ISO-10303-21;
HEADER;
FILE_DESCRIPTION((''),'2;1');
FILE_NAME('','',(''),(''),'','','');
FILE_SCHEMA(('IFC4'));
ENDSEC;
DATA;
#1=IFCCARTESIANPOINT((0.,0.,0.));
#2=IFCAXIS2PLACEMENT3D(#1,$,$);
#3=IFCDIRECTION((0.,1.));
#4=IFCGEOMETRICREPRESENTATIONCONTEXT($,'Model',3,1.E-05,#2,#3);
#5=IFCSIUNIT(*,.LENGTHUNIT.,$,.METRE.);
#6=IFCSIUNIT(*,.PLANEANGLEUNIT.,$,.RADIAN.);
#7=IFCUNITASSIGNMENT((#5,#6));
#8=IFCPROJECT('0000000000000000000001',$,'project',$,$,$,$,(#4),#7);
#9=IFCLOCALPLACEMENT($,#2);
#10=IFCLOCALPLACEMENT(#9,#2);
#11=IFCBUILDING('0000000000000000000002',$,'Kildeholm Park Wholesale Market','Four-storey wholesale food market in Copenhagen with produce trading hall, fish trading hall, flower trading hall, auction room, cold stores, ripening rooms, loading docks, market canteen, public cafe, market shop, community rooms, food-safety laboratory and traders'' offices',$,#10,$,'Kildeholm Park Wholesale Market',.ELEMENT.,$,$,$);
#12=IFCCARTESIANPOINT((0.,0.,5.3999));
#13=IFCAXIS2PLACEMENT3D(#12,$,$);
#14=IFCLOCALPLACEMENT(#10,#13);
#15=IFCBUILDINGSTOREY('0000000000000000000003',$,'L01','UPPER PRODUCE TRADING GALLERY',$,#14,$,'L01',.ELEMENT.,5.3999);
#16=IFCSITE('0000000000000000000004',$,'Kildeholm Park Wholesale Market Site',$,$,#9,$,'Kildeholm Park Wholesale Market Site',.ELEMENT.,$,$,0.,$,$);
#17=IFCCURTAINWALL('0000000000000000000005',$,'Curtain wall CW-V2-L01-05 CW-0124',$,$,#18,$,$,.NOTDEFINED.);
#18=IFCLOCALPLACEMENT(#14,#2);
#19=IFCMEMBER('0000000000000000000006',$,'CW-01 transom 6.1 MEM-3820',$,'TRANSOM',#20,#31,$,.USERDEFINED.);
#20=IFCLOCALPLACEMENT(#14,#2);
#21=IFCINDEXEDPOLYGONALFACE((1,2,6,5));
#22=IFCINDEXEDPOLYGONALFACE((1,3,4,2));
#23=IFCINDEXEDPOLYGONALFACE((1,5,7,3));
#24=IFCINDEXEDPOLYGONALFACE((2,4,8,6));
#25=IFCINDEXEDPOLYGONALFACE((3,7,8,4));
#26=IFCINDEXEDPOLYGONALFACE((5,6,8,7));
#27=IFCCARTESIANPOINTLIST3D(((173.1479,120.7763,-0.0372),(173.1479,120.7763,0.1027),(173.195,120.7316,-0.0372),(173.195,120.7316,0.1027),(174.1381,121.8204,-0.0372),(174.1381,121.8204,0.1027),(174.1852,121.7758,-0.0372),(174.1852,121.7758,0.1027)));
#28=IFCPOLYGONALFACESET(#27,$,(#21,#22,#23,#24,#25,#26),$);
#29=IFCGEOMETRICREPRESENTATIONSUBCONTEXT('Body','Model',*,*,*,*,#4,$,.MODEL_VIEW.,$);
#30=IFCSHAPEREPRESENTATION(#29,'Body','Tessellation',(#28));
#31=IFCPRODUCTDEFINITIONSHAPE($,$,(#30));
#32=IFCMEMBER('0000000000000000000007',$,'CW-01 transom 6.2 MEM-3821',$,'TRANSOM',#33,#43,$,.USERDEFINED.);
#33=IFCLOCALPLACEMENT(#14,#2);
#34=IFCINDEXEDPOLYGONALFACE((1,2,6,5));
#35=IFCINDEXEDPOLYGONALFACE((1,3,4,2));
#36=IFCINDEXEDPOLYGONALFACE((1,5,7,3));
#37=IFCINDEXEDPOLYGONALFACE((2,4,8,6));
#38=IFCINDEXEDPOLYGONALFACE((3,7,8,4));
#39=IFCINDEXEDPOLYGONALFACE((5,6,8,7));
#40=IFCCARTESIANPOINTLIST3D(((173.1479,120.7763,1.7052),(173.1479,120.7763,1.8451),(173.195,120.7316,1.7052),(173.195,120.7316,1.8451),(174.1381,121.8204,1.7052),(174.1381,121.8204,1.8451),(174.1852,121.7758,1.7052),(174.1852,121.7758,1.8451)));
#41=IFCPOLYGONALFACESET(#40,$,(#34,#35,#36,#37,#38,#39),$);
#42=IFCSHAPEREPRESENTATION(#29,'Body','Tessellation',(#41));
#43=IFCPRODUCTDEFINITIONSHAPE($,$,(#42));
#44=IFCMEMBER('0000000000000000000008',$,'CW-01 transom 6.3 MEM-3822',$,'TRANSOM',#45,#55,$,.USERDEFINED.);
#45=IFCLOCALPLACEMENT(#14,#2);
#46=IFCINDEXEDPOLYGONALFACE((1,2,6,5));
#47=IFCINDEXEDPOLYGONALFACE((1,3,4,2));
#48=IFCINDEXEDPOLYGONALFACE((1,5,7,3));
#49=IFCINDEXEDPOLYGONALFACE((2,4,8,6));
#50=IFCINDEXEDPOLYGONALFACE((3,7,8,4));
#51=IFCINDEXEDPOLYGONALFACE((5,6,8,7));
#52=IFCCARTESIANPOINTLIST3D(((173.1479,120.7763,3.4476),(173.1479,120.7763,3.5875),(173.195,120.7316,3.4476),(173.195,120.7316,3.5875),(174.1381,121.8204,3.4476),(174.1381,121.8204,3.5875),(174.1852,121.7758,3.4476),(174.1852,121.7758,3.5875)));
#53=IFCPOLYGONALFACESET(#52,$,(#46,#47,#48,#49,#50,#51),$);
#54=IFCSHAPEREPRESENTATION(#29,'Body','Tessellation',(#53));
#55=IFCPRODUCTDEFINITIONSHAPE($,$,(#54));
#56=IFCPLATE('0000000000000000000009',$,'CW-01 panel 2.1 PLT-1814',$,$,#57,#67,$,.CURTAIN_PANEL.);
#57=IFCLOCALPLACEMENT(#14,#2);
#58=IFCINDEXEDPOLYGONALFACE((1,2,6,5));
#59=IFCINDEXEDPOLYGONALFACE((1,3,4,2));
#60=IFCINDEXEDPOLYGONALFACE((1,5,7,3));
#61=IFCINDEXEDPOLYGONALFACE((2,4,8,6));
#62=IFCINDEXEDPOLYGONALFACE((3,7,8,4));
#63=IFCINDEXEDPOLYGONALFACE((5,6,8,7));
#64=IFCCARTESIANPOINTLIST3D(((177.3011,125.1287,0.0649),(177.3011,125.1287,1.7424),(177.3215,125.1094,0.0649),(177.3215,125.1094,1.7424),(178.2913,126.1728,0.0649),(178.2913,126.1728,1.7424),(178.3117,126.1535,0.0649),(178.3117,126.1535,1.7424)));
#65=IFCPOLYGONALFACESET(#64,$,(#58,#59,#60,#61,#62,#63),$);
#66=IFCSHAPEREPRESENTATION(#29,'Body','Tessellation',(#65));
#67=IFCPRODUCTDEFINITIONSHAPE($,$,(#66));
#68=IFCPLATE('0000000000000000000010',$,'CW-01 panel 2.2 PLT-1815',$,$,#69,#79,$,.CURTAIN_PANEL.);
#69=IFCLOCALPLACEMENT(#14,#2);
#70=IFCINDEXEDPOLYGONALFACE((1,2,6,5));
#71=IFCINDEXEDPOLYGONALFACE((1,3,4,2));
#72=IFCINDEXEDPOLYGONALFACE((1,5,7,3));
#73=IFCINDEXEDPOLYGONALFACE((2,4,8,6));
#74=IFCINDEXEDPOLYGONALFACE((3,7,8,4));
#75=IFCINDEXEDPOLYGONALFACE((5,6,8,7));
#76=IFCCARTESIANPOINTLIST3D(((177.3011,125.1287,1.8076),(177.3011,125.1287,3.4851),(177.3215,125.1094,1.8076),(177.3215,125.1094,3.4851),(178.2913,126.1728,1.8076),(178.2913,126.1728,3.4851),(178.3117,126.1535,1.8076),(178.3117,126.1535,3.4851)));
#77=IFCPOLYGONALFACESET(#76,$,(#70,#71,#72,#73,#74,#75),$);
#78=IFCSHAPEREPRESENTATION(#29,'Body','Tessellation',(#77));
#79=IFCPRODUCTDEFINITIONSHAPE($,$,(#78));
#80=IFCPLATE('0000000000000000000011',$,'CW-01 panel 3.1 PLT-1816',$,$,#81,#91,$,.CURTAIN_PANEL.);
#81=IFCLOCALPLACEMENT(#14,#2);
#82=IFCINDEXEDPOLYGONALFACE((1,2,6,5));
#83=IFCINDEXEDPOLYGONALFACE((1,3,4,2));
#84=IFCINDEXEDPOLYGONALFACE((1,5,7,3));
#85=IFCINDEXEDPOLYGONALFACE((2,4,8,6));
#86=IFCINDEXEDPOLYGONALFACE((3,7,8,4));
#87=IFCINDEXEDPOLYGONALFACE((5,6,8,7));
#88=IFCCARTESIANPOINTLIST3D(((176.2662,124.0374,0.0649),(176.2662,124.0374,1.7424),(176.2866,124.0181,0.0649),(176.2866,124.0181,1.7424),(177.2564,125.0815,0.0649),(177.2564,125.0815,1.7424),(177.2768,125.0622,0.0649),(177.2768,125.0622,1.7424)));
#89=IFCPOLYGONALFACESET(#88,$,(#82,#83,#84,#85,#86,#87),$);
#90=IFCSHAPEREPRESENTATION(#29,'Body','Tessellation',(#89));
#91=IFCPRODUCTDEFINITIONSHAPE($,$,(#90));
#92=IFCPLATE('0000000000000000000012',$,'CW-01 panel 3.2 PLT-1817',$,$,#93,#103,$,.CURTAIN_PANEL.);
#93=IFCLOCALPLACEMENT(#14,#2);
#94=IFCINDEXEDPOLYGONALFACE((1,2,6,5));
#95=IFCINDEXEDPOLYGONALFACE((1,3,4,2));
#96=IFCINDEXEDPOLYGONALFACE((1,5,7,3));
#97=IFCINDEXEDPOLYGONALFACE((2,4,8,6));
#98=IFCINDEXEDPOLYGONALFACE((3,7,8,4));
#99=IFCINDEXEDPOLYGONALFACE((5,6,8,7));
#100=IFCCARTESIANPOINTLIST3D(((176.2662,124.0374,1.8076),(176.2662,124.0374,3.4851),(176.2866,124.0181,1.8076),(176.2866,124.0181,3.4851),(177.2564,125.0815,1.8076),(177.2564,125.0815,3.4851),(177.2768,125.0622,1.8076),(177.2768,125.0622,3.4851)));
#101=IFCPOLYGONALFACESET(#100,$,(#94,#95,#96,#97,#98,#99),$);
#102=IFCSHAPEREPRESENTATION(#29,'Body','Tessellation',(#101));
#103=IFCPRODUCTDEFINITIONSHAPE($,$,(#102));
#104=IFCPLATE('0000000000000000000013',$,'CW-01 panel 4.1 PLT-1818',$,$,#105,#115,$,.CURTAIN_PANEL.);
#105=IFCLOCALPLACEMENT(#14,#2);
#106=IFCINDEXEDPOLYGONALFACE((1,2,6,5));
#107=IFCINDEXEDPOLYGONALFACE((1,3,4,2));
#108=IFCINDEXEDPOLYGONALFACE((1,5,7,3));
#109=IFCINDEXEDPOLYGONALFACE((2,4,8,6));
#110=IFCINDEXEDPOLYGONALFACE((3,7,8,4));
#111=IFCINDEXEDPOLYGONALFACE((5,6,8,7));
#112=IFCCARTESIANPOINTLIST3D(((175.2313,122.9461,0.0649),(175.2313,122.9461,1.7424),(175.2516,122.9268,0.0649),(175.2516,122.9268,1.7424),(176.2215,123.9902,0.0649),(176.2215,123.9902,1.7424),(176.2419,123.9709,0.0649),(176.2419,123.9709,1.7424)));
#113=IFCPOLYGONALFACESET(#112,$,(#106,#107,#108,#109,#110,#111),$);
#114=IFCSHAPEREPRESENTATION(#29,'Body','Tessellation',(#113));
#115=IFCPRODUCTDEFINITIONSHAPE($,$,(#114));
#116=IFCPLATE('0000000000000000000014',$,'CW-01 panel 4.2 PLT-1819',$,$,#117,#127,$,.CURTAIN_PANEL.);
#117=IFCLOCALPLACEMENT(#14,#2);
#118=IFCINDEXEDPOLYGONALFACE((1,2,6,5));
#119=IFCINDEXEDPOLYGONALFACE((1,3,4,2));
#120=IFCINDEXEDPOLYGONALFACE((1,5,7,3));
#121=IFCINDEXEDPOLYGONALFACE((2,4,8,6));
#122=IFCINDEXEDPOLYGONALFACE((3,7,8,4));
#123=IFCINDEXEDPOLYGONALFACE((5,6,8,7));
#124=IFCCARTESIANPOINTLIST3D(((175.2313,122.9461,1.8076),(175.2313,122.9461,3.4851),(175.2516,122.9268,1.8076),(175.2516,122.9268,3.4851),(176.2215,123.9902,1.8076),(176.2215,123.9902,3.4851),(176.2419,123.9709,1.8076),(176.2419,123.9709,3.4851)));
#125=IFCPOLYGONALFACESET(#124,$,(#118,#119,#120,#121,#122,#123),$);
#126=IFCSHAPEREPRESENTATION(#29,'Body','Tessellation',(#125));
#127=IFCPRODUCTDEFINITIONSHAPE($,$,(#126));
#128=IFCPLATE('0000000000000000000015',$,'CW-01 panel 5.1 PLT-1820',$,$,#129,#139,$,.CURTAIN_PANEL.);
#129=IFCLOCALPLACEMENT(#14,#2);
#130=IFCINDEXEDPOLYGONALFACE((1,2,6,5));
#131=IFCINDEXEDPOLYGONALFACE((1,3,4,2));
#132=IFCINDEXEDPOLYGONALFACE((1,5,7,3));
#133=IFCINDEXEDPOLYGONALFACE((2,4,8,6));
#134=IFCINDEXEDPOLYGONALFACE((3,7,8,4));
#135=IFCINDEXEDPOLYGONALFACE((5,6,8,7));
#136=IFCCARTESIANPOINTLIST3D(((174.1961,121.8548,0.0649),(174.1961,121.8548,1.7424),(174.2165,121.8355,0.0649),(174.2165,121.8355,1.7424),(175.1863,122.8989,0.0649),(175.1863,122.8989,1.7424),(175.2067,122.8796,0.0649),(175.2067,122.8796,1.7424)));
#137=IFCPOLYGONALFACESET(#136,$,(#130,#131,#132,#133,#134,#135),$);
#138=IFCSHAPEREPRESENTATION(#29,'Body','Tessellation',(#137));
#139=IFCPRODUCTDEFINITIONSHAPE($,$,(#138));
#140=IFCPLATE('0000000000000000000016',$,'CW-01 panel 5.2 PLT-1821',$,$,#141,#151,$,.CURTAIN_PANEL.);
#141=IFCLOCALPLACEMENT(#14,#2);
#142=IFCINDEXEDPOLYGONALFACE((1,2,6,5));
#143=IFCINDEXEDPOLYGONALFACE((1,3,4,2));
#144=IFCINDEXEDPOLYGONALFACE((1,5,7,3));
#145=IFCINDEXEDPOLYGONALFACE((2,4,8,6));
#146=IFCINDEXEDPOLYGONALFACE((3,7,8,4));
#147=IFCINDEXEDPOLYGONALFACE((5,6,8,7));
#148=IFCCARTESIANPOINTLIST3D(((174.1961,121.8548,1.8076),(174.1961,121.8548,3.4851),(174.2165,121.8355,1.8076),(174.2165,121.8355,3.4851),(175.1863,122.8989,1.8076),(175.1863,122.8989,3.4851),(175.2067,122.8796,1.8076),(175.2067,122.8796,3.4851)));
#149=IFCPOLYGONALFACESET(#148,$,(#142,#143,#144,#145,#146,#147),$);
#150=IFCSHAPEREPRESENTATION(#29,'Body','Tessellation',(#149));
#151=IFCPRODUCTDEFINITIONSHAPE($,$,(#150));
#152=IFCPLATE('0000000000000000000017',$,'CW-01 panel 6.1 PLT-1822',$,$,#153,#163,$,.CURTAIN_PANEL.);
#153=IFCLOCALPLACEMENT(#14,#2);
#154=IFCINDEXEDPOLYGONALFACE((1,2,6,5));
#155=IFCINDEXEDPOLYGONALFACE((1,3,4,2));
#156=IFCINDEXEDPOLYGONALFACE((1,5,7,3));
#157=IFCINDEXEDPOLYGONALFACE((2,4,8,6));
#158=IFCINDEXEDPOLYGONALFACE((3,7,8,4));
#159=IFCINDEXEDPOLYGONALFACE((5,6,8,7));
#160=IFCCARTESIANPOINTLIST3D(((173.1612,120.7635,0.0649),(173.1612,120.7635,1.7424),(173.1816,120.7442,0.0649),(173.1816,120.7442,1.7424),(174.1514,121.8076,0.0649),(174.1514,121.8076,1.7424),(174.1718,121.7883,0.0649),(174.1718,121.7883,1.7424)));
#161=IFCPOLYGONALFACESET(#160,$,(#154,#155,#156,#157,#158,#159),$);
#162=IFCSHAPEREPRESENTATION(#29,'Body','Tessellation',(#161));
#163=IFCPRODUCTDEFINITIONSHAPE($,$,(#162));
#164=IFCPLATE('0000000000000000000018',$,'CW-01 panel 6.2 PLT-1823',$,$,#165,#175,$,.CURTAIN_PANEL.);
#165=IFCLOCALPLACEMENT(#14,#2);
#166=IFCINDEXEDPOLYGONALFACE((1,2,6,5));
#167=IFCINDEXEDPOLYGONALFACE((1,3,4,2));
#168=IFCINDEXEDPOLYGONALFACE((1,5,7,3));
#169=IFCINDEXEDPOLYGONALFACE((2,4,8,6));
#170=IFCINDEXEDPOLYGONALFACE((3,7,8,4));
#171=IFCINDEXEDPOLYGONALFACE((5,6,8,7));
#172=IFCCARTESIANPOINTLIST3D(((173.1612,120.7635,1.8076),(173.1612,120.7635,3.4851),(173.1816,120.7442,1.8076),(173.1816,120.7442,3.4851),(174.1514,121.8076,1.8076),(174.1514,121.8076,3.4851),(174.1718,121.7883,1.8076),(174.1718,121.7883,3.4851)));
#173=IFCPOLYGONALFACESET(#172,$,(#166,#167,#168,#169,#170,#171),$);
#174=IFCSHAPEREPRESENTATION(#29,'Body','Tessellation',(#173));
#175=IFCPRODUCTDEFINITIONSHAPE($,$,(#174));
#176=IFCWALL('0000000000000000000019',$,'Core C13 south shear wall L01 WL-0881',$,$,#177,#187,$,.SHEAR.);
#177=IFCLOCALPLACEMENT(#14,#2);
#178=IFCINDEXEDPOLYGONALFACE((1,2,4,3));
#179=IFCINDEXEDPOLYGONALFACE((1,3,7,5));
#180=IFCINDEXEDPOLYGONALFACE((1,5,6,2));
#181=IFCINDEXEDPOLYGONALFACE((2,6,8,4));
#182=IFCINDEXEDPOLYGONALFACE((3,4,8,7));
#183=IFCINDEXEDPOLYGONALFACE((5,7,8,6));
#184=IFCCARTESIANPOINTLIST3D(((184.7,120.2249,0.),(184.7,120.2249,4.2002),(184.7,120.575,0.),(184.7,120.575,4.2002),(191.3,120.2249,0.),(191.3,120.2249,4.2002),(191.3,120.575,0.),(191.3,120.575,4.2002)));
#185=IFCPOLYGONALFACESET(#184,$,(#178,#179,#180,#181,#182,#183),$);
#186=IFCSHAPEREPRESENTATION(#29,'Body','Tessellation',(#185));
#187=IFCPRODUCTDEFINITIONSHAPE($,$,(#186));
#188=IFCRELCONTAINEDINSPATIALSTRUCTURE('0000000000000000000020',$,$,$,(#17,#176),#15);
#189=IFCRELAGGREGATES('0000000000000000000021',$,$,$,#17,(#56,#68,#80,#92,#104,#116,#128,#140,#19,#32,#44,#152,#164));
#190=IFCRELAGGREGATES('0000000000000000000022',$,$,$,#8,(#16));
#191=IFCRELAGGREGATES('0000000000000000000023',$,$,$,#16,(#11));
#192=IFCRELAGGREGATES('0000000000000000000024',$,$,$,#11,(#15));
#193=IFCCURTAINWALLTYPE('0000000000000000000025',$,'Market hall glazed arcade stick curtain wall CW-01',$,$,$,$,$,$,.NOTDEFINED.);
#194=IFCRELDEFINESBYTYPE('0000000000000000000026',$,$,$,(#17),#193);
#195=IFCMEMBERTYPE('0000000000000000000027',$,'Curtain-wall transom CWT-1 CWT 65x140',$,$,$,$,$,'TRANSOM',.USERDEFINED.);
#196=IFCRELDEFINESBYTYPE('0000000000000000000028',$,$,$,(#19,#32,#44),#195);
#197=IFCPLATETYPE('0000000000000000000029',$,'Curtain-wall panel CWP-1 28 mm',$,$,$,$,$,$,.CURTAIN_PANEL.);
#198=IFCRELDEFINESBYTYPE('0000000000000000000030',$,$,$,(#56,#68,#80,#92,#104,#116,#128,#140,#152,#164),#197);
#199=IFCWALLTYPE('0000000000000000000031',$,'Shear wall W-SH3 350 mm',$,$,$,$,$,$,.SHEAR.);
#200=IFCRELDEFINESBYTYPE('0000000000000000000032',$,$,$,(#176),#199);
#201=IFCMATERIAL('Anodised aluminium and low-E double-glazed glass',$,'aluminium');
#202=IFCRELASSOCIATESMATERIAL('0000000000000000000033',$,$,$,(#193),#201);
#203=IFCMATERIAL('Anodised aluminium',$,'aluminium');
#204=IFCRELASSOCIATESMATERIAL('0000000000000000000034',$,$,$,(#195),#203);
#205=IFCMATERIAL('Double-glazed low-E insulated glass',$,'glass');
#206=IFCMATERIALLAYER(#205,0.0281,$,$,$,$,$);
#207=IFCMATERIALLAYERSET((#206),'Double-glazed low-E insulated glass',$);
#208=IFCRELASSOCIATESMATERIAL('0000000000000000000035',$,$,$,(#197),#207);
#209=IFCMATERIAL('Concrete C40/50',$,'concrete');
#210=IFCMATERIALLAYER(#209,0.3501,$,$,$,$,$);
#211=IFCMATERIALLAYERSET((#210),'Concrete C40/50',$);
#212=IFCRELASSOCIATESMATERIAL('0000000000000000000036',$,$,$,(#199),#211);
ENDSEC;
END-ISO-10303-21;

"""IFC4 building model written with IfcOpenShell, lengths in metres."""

from ifc_helpers import new_model, si_unit, direction, frame, frame_2d, origin, origin_2d, place, context, subcontext, project, spatial, rectangle, extrude, material, layer, layer_set, material_profile, profile_set, type_object, element, aggregate, save


model = new_model("IFC4")

# Units and contexts
model_context = context("Model", 3, precision=1e-05, world=origin(), true_north=direction((0.0, 1.0)))
body_context = subcontext(model_context, "Body", "Model", "MODEL_VIEW")
ifc_project = project(units=[si_unit("LENGTHUNIT", "METRE"), si_unit("PLANEANGLEUNIT", "RADIAN")], contexts=[model_context])

# Site, building, storey
site_placement = place(None, origin())
site = spatial("IfcSite", under=ifc_project, at=site_placement, Name="Kildeholm Park Wholesale Market Site", LongName="Kildeholm Park Wholesale Market Site", CompositionType="ELEMENT", RefElevation=0.0)
building_placement = place(site_placement, origin())
building = spatial("IfcBuilding", under=site, at=building_placement, Name="Kildeholm Park Wholesale Market", Description="Four-storey wholesale food market in Copenhagen with produce trading hall, fish trading hall, flower trading hall, auction room, cold stores, ripening rooms, loading docks, market canteen, public cafe, market shop, community rooms, food-safety laboratory and traders' offices", LongName="Kildeholm Park Wholesale Market", CompositionType="ELEMENT")
storey_placement = place(building_placement, frame((0.0, 0.0, 5.3999)))
storey = spatial("IfcBuildingStorey", under=building, at=storey_placement, Name="L01", Description="UPPER PRODUCE TRADING GALLERY", LongName="L01", CompositionType="ELEMENT", Elevation=5.3999)

# Curtain wall, members, plates
ifc_material_1 = material(Name="Anodised aluminium and low-E double-glazed glass", Category="aluminium")
curtain_wall_type = type_object("IfcCurtainWallType", Name="Market hall glazed arcade stick curtain wall CW-01", PredefinedType="NOTDEFINED", material=ifc_material_1)
curtain_wall_placement = place(storey_placement, origin())
curtain_wall = element("IfcCurtainWall", 1, at=curtain_wall_placement, inside=storey, type_object=curtain_wall_type, Name="Curtain wall CW-V2-L01-05 CW-0124", PredefinedType="NOTDEFINED")
ifc_material_2 = material(Name="Anodised aluminium", Category="aluminium")
ifc_material_profile_1 = material_profile(ifc_material_2, rectangle(XDim=0.0649, YDim=0.1399, at=origin_2d()), Name="CWT 65x140")
ifc_profile_set_1 = profile_set([ifc_material_profile_1], Name="Anodised aluminium")
member_type_1 = type_object("IfcMemberType", Name="Curtain-wall transom CWT-1 CWT 65x140", ElementType="TRANSOM", PredefinedType="USERDEFINED", material=ifc_profile_set_1)
member_1_placement = place(storey_placement, frame((174.1616, 121.7981, 0.0327), z_axis=(-0.688112, -0.725605, 0.0), x_axis=(0.725605, -0.688112, 0.0)))
member_1 = element("IfcMember", 2, at=member_1_placement, type_object=member_type_1, Name="CW-01 transom 6.1 MEM-3820", ObjectType="TRANSOM", PredefinedType="USERDEFINED", context=body_context, shape_type="SweptSolid", body=[
    extrude(rectangle(XDim=0.0649, YDim=0.1399, at=origin_2d()), origin(), (0.0, 0.0, 1.0), 1.439),
])
member_2_placement = place(storey_placement, frame((174.1616, 121.7981, 1.7751), z_axis=(-0.688112, -0.725605, 0.0), x_axis=(0.725605, -0.688112, 0.0)))
member_2 = element("IfcMember", 3, at=member_2_placement, type_object=member_type_1, Name="CW-01 transom 6.2 MEM-3821", ObjectType="TRANSOM", PredefinedType="USERDEFINED", context=body_context, shape_type="SweptSolid", body=[
    extrude(rectangle(XDim=0.0649, YDim=0.1399, at=origin_2d()), origin(), (0.0, 0.0, 1.0), 1.439),
])
member_3_placement = place(storey_placement, frame((174.1616, 121.7981, 3.5176), z_axis=(-0.688112, -0.725605, 0.0), x_axis=(0.725605, -0.688112, 0.0)))
member_3 = element("IfcMember", 4, at=member_3_placement, type_object=member_type_1, Name="CW-01 transom 6.3 MEM-3822", ObjectType="TRANSOM", PredefinedType="USERDEFINED", context=body_context, shape_type="SweptSolid", body=[
    extrude(rectangle(XDim=0.0649, YDim=0.1399, at=origin_2d()), origin(), (0.0, 0.0, 1.0), 1.439),
])
ifc_material_3 = material(Name="Double-glazed low-E insulated glass", Category="glass")
ifc_layer_1 = layer(ifc_material_3, 0.0281)
ifc_layer_set_1 = layer_set([ifc_layer_1], Name="Double-glazed low-E insulated glass")
plate_type = type_object("IfcPlateType", Name="Curtain-wall panel CWP-1 28 mm", PredefinedType="CURTAIN_PANEL", material=ifc_layer_set_1)
plate_1_placement = place(storey_placement, frame((177.8064, 125.6411, 0.0649), z_axis=(0.0, 0.0, 1.0), x_axis=(-0.688148, -0.725571, 0.0)))
plate_1 = element("IfcPlate", 5, at=plate_1_placement, type_object=plate_type, Name="CW-01 panel 2.1 PLT-1814", PredefinedType="CURTAIN_PANEL", context=body_context, shape_type="SweptSolid", body=[
    extrude(rectangle(XDim=1.439, YDim=0.0281, at=origin_2d()), origin(), (0.0, 0.0, 1.0), 1.6775),
])
plate_2_placement = place(storey_placement, frame((177.8064, 125.6411, 1.8076), z_axis=(0.0, 0.0, 1.0), x_axis=(-0.688148, -0.725571, 0.0)))
plate_2 = element("IfcPlate", 6, at=plate_2_placement, type_object=plate_type, Name="CW-01 panel 2.2 PLT-1815", PredefinedType="CURTAIN_PANEL", context=body_context, shape_type="SweptSolid", body=[
    extrude(rectangle(XDim=1.439, YDim=0.0281, at=origin_2d()), origin(), (0.0, 0.0, 1.0), 1.6775),
])
plate_3_placement = place(storey_placement, frame((176.7715, 124.5498, 0.0649), z_axis=(0.0, 0.0, 1.0), x_axis=(-0.688148, -0.725571, 0.0)))
plate_3 = element("IfcPlate", 7, at=plate_3_placement, type_object=plate_type, Name="CW-01 panel 3.1 PLT-1816", PredefinedType="CURTAIN_PANEL", context=body_context, shape_type="SweptSolid", body=[
    extrude(rectangle(XDim=1.439, YDim=0.0281, at=origin_2d()), origin(), (0.0, 0.0, 1.0), 1.6775),
])
plate_4_placement = place(storey_placement, frame((176.7715, 124.5498, 1.8076), z_axis=(0.0, 0.0, 1.0), x_axis=(-0.688148, -0.725571, 0.0)))
plate_4 = element("IfcPlate", 8, at=plate_4_placement, type_object=plate_type, Name="CW-01 panel 3.2 PLT-1817", PredefinedType="CURTAIN_PANEL", context=body_context, shape_type="SweptSolid", body=[
    extrude(rectangle(XDim=1.439, YDim=0.0281, at=origin_2d()), origin(), (0.0, 0.0, 1.0), 1.6775),
])
plate_5_placement = place(storey_placement, frame((175.7366, 123.4585, 0.0649), z_axis=(0.0, 0.0, 1.0), x_axis=(-0.688148, -0.725571, 0.0)))
plate_5 = element("IfcPlate", 9, at=plate_5_placement, type_object=plate_type, Name="CW-01 panel 4.1 PLT-1818", PredefinedType="CURTAIN_PANEL", context=body_context, shape_type="SweptSolid", body=[
    extrude(rectangle(XDim=1.439, YDim=0.0281, at=origin_2d()), origin(), (0.0, 0.0, 1.0), 1.6775),
])
plate_6_placement = place(storey_placement, frame((175.7366, 123.4585, 1.8076), z_axis=(0.0, 0.0, 1.0), x_axis=(-0.688148, -0.725571, 0.0)))
plate_6 = element("IfcPlate", 10, at=plate_6_placement, type_object=plate_type, Name="CW-01 panel 4.2 PLT-1819", PredefinedType="CURTAIN_PANEL", context=body_context, shape_type="SweptSolid", body=[
    extrude(rectangle(XDim=1.439, YDim=0.0281, at=origin_2d()), origin(), (0.0, 0.0, 1.0), 1.6775),
])
plate_7_placement = place(storey_placement, frame((174.7014, 122.3672, 0.0649), z_axis=(0.0, 0.0, 1.0), x_axis=(-0.688148, -0.725571, 0.0)))
plate_7 = element("IfcPlate", 11, at=plate_7_placement, type_object=plate_type, Name="CW-01 panel 5.1 PLT-1820", PredefinedType="CURTAIN_PANEL", context=body_context, shape_type="SweptSolid", body=[
    extrude(rectangle(XDim=1.439, YDim=0.0281, at=origin_2d()), origin(), (0.0, 0.0, 1.0), 1.6775),
])
plate_8_placement = place(storey_placement, frame((174.7014, 122.3672, 1.8076), z_axis=(0.0, 0.0, 1.0), x_axis=(-0.688148, -0.725571, 0.0)))
plate_8 = element("IfcPlate", 12, at=plate_8_placement, type_object=plate_type, Name="CW-01 panel 5.2 PLT-1821", PredefinedType="CURTAIN_PANEL", context=body_context, shape_type="SweptSolid", body=[
    extrude(rectangle(XDim=1.439, YDim=0.0281, at=origin_2d()), origin(), (0.0, 0.0, 1.0), 1.6775),
])
plate_9_placement = place(storey_placement, frame((173.6665, 121.2759, 0.0649), z_axis=(0.0, 0.0, 1.0), x_axis=(-0.688148, -0.725571, 0.0)))
plate_9 = element("IfcPlate", 13, at=plate_9_placement, type_object=plate_type, Name="CW-01 panel 6.1 PLT-1822", PredefinedType="CURTAIN_PANEL", context=body_context, shape_type="SweptSolid", body=[
    extrude(rectangle(XDim=1.439, YDim=0.0281, at=origin_2d()), origin(), (0.0, 0.0, 1.0), 1.6775),
])
plate_10_placement = place(storey_placement, frame((173.6665, 121.2759, 1.8076), z_axis=(0.0, 0.0, 1.0), x_axis=(-0.688148, -0.725571, 0.0)))
plate_10 = element("IfcPlate", 14, at=plate_10_placement, type_object=plate_type, Name="CW-01 panel 6.2 PLT-1823", PredefinedType="CURTAIN_PANEL", context=body_context, shape_type="SweptSolid", body=[
    extrude(rectangle(XDim=1.439, YDim=0.0281, at=origin_2d()), origin(), (0.0, 0.0, 1.0), 1.6775),
])
aggregate(curtain_wall, [plate_1, plate_2, plate_3, plate_4, plate_5, plate_6, plate_7, plate_8, member_1, member_2, member_3, plate_9, plate_10])

# Wall
ifc_material_4 = material(Name="Concrete C40/50", Category="concrete")
ifc_layer_2 = layer(ifc_material_4, 0.3501)
ifc_layer_set_2 = layer_set([ifc_layer_2], Name="Concrete C40/50")
wall_type = type_object("IfcWallType", Name="Shear wall W-SH3 350 mm", PredefinedType="SHEAR", material=ifc_layer_set_2)
wall_1_placement = place(storey_placement, frame((184.7, 120.3999, 0.0), z_axis=(0.0, 0.0, 1.0), x_axis=(1.0, 0.0, 0.0)))
element("IfcWall", 15, at=wall_1_placement, inside=storey, type_object=wall_type, Name="Core C13 south shear wall L01 WL-0881", PredefinedType="SHEAR", context=body_context, shape_type="SweptSolid", body=[
    extrude(rectangle(XDim=6.6001, YDim=0.3501, at=frame_2d((3.3, 0.0))), origin(), (0.0, 0.0, 1.0), 4.2002),
])

save(model, "model.ifc")
